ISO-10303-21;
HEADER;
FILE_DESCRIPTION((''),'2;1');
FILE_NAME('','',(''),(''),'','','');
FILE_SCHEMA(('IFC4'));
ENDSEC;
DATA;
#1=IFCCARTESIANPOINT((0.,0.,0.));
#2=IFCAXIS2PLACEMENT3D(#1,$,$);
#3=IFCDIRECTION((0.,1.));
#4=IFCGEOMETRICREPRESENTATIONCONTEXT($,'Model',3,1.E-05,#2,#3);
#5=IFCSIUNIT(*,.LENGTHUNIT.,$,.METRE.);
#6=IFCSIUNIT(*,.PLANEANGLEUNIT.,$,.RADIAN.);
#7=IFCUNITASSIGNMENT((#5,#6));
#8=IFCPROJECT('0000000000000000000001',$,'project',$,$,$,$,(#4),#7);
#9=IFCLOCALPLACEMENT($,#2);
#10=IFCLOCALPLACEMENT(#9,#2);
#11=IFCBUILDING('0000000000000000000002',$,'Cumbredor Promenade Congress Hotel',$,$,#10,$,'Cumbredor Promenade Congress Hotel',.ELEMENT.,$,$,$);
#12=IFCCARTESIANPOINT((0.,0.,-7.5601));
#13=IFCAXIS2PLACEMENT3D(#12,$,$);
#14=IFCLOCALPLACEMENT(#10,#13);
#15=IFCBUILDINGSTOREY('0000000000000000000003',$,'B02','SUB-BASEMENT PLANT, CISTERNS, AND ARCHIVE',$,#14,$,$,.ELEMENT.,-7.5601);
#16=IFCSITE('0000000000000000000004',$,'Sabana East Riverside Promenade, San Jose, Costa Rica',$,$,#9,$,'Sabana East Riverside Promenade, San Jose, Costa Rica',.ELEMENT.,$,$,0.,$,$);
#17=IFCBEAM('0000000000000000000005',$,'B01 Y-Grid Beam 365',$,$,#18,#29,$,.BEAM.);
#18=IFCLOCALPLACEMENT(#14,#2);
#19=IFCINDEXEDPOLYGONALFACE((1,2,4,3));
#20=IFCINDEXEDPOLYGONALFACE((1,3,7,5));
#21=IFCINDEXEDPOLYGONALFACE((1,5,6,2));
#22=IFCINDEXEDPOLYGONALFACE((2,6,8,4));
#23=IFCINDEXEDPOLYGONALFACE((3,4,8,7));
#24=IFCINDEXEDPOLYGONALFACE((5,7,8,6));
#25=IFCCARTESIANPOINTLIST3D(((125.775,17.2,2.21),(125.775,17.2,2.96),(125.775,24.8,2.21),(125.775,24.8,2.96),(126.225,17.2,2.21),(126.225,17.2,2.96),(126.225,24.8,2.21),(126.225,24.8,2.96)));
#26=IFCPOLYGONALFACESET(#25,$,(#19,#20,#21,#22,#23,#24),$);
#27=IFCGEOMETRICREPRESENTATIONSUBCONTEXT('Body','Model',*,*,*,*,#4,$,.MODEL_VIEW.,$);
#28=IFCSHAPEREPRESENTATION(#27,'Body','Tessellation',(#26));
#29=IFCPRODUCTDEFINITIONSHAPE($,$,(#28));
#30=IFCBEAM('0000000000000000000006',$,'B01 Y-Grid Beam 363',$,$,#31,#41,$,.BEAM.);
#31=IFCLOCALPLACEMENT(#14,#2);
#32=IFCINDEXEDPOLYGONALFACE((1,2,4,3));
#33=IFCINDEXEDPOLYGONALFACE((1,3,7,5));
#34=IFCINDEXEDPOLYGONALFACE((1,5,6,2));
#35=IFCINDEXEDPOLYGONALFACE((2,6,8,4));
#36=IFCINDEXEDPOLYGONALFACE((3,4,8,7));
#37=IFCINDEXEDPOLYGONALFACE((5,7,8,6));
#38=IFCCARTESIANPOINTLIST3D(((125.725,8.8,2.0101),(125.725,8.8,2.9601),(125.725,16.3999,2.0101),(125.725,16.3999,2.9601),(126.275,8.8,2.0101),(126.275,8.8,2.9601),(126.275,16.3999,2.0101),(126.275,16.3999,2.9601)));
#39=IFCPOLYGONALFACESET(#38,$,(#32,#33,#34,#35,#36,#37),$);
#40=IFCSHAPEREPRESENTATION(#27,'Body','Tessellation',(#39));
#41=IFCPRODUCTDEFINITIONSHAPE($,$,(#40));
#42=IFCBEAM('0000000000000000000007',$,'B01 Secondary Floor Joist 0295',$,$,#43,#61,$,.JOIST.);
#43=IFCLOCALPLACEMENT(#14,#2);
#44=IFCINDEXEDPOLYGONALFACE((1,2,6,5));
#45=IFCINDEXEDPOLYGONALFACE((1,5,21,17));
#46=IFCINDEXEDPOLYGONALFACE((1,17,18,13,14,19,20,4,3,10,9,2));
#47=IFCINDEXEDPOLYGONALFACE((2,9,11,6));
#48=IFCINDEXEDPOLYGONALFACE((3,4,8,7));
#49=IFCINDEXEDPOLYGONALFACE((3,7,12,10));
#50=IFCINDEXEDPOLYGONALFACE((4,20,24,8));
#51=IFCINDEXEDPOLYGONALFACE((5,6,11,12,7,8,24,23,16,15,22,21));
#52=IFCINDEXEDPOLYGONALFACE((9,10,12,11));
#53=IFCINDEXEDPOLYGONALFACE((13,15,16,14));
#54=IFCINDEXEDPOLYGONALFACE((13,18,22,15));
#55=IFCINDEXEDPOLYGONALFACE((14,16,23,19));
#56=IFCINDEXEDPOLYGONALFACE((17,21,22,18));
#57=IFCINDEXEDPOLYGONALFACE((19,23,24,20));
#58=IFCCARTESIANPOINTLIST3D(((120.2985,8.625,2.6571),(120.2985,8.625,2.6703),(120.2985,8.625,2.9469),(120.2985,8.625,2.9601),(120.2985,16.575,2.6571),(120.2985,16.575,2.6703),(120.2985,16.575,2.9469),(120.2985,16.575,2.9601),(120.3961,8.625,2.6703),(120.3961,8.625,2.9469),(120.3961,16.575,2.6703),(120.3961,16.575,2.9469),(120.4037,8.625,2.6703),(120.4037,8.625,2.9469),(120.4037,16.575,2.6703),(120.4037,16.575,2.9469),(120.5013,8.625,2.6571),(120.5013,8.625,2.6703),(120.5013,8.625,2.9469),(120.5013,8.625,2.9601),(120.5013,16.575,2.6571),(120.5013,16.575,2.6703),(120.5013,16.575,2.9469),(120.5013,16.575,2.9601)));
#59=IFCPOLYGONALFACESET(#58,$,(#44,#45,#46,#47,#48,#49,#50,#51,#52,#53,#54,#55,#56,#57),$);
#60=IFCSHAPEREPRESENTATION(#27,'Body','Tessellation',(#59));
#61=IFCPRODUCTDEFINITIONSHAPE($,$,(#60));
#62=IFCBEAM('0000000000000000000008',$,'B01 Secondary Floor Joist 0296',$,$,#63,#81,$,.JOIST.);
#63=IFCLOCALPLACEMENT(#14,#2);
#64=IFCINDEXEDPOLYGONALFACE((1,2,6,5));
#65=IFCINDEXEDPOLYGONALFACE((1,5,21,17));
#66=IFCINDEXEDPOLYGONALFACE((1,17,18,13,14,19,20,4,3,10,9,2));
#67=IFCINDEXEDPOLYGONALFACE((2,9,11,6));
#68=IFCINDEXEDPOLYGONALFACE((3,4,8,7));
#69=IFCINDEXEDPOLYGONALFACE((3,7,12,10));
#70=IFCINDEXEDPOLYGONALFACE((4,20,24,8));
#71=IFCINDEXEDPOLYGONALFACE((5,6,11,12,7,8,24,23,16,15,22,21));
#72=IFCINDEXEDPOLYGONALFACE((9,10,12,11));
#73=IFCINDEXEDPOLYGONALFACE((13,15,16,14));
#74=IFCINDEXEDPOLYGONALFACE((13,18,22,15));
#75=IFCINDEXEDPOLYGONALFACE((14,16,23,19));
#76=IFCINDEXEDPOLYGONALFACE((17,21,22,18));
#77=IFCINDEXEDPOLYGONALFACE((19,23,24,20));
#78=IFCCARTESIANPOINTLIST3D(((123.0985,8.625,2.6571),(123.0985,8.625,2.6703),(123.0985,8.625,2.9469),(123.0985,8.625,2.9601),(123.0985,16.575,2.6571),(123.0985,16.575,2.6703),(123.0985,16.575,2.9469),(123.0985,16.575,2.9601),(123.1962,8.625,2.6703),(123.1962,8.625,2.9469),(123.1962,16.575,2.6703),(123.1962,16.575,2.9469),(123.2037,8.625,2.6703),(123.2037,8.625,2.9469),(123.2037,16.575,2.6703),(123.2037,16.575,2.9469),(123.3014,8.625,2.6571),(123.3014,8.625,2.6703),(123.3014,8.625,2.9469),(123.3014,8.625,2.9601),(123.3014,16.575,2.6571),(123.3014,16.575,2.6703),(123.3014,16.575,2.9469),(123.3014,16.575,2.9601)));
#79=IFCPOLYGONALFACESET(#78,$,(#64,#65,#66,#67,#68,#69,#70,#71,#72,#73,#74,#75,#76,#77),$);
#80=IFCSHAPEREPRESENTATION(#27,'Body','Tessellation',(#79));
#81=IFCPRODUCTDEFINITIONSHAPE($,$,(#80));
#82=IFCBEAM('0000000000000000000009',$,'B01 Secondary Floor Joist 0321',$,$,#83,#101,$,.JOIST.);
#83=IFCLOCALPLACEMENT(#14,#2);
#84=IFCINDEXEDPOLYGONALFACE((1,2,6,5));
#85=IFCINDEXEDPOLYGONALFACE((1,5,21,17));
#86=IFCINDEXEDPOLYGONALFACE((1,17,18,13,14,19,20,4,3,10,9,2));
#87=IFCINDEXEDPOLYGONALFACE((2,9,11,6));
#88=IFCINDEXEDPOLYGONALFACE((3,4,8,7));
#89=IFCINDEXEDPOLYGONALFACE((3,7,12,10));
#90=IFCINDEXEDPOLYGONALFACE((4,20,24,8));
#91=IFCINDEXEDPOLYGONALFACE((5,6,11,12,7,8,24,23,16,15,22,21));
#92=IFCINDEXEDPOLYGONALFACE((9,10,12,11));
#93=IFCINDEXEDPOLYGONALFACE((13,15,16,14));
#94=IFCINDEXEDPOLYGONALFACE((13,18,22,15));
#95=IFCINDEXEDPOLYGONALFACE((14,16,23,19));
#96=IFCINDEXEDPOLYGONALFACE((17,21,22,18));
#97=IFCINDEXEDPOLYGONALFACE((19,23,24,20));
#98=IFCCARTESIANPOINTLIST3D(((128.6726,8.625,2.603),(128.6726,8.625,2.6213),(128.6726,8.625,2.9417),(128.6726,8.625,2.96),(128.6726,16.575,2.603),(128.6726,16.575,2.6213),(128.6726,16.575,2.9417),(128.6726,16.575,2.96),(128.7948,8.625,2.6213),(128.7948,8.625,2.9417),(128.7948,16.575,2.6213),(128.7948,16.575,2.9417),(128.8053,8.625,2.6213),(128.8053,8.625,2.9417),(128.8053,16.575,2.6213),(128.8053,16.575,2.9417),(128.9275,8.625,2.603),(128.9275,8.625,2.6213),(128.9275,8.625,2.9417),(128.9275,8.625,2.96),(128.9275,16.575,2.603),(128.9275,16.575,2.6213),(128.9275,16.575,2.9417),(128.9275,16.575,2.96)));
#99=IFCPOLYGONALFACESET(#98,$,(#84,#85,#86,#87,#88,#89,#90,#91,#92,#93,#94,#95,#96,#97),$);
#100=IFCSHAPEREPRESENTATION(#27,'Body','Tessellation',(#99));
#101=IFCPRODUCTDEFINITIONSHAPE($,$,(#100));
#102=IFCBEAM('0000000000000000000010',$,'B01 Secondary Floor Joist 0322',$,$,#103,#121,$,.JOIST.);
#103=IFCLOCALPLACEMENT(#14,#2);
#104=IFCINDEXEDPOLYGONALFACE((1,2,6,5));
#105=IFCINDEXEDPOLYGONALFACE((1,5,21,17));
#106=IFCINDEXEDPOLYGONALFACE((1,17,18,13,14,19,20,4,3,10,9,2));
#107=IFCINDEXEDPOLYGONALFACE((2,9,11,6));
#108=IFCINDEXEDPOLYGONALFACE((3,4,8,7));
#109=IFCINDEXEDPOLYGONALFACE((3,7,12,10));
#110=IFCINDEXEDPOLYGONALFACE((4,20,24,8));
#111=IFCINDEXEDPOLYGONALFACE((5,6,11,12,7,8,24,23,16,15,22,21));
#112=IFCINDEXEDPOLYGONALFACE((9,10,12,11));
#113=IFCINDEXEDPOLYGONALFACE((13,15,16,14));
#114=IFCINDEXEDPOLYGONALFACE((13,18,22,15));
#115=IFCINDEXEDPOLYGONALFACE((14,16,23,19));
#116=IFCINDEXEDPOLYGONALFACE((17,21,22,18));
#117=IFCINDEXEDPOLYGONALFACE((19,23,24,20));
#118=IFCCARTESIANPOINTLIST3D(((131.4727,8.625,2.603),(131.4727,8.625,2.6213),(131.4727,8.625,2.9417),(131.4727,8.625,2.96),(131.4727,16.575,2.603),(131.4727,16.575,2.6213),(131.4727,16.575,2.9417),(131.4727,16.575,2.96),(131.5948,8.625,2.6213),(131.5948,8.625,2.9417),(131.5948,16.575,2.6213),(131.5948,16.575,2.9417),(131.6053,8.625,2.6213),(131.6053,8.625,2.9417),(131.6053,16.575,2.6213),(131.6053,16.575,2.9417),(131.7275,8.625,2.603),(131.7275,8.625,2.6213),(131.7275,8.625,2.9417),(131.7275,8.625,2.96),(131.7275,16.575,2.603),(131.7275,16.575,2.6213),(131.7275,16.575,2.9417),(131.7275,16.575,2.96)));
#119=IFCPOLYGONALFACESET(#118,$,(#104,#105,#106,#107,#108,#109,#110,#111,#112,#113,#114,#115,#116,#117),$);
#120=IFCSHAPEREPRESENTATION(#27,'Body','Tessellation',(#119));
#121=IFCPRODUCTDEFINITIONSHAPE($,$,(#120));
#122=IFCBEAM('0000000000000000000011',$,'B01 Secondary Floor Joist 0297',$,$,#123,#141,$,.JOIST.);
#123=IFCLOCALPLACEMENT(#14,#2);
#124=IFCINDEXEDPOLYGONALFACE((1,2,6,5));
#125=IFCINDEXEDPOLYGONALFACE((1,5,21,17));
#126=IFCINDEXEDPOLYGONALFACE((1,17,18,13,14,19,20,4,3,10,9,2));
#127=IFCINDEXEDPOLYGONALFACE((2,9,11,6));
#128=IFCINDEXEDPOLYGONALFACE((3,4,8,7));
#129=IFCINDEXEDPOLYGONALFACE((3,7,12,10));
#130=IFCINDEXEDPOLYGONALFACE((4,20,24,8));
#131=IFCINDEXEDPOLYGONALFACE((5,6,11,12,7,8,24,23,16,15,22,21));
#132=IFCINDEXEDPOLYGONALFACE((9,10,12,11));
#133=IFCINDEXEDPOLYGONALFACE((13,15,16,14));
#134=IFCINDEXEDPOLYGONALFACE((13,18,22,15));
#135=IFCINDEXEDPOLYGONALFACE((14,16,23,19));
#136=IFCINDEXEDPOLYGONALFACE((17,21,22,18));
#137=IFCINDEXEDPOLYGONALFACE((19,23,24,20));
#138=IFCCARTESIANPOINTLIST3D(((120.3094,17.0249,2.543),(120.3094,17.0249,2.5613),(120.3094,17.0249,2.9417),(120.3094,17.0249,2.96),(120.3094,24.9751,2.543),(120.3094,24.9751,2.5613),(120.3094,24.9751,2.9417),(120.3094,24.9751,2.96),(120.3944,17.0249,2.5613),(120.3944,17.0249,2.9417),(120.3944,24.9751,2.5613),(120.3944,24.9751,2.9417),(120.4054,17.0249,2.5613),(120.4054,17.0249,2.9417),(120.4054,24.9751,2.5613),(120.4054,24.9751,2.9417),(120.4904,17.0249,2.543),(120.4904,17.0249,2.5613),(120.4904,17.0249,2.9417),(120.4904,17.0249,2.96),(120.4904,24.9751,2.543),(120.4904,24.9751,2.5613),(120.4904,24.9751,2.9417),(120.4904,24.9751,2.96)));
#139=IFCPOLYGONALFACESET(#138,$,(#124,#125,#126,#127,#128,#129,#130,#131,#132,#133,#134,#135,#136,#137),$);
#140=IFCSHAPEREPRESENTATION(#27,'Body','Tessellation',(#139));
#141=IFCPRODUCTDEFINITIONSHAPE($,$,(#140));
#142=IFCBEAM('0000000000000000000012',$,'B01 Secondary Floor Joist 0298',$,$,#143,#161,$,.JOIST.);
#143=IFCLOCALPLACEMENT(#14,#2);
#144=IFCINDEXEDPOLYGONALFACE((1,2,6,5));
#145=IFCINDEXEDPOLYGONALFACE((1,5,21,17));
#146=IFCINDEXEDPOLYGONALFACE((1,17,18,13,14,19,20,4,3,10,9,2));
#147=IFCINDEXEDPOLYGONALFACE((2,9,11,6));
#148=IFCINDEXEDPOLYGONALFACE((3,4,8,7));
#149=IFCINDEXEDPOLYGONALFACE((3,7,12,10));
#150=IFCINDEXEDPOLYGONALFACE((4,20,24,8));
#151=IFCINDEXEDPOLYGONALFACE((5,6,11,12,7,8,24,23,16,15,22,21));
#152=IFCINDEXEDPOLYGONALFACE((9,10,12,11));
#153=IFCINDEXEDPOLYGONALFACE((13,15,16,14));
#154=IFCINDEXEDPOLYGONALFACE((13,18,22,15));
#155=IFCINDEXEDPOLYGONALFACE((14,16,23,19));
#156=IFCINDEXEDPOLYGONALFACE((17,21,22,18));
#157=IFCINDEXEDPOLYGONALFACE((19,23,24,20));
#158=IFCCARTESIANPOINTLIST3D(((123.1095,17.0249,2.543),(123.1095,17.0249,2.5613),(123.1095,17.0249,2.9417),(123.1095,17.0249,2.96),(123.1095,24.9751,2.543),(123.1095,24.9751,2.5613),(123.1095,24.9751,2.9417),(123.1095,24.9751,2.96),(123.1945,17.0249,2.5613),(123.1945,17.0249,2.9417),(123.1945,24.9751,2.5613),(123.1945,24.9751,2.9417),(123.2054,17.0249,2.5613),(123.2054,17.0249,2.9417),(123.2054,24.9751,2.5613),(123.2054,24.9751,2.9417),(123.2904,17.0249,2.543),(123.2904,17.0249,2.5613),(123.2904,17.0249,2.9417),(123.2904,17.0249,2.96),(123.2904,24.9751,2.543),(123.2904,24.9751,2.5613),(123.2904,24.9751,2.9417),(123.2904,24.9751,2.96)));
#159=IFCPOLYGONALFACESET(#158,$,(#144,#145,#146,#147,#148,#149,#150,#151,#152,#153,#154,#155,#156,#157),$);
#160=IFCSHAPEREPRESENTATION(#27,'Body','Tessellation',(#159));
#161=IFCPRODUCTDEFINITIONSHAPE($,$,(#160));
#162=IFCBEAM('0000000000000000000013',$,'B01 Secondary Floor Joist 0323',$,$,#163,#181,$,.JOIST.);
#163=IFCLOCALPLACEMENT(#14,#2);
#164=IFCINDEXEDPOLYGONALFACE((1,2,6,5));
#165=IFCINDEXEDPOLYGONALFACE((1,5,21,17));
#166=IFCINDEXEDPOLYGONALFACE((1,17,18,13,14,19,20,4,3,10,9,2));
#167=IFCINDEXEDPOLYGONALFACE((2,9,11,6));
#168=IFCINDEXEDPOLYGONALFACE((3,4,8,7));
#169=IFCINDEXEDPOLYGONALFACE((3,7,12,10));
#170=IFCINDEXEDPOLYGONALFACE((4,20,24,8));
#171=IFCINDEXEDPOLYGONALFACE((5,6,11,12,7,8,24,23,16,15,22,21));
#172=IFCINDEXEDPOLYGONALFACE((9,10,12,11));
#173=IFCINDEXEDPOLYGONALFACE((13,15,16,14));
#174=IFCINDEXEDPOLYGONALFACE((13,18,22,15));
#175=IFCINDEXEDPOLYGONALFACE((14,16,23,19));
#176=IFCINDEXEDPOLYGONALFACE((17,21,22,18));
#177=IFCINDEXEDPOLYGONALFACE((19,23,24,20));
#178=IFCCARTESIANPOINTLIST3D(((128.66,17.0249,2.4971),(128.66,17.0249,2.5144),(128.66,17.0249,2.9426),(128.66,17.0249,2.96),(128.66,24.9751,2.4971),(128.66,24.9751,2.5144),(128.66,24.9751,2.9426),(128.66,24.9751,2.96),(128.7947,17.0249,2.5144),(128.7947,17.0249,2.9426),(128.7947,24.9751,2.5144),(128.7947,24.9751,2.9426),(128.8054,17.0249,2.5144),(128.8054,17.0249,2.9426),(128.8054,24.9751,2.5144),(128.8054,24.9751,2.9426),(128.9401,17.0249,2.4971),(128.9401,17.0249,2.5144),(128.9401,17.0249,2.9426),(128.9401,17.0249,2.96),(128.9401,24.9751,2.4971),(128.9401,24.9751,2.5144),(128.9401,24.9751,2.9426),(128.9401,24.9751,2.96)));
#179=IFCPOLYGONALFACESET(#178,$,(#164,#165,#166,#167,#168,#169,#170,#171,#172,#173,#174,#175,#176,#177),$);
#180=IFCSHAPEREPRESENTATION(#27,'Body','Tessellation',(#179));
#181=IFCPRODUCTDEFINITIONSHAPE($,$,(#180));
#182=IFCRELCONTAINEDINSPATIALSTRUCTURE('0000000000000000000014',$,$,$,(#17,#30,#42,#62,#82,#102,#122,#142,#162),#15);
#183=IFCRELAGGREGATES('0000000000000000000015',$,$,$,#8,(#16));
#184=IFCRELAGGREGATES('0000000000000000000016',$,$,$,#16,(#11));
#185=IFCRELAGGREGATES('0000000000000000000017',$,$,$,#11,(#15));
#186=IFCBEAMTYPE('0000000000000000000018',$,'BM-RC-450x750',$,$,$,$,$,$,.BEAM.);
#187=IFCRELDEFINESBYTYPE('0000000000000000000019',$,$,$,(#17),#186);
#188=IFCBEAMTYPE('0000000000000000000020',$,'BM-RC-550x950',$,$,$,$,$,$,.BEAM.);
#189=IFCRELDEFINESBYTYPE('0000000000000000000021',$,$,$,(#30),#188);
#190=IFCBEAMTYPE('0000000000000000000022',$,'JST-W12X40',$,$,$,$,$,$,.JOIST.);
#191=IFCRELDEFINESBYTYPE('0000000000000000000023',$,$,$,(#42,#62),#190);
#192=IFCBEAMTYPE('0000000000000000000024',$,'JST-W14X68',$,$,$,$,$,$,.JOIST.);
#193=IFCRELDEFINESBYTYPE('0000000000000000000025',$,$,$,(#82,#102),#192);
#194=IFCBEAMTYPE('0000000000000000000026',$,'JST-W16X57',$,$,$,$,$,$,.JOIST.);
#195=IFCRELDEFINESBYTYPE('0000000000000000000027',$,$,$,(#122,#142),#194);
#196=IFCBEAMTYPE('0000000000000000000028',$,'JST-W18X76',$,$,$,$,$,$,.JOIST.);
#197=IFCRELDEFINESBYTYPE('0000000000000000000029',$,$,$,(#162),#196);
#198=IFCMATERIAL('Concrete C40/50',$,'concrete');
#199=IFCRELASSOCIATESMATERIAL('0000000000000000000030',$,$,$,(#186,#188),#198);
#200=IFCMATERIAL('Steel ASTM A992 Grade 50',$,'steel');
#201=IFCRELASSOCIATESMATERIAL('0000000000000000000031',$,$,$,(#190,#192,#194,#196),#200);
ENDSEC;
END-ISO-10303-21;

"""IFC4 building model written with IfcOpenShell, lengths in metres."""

from ifc_helpers import new_model, si_unit, direction, frame, origin, origin_2d, place, context, subcontext, project, spatial, rectangle, i_section, extrude, material, material_profile, profile_set, type_object, element, save


model = new_model("IFC4")

# Units and contexts
model_context = context("Model", 3, precision=1e-05, world=origin(), true_north=direction((0.0, 1.0)))
body_context = subcontext(model_context, "Body", "Model", "MODEL_VIEW")
ifc_project = project(units=[si_unit("LENGTHUNIT", "METRE"), si_unit("PLANEANGLEUNIT", "RADIAN")], contexts=[model_context])

# Site, building, storey
site_placement = place(None, origin())
site = spatial("IfcSite", under=ifc_project, at=site_placement, Name="Sabana East Riverside Promenade, San Jose, Costa Rica", LongName="Sabana East Riverside Promenade, San Jose, Costa Rica", CompositionType="ELEMENT", RefElevation=0.0)
building_placement = place(site_placement, origin())
building = spatial("IfcBuilding", under=site, at=building_placement, Name="Cumbredor Promenade Congress Hotel", LongName="Cumbredor Promenade Congress Hotel", CompositionType="ELEMENT")
storey_placement = place(building_placement, frame((0.0, 0.0, -7.5601)))
storey = spatial("IfcBuildingStorey", under=building, at=storey_placement, Name="B02", Description="SUB-BASEMENT PLANT, CISTERNS, AND ARCHIVE", CompositionType="ELEMENT", Elevation=-7.5601)

# Shared definitions
ifc_material_1 = material(Name="Concrete C40/50", Category="concrete")

# Beams
ifc_material_profile_1 = material_profile(ifc_material_1, rectangle(XDim=0.45, YDim=0.75, at=origin_2d()), Name="RC BEAM 450x750")
ifc_profile_set_1 = profile_set([ifc_material_profile_1], Name="Concrete C40/50")
beam_type_1 = type_object("IfcBeamType", Name="BM-RC-450x750", PredefinedType="BEAM", material=ifc_profile_set_1)
for number, where, z_axis, x_axis, name in (
    (1, (126.0, 17.2, 2.585), (0.0, 1.0, 0.0), (-1.0, 0.0, 0.0), "B01 Y-Grid Beam 365"),
):
    element("IfcBeam", number, at=place(storey_placement, frame(where, z_axis=z_axis, x_axis=x_axis)), inside=storey, type_object=beam_type_1, Name=name, PredefinedType="BEAM", context=body_context, shape_type="SweptSolid", body=[
        extrude(rectangle(XDim=0.45, YDim=0.75, at=origin_2d()), origin(), (0.0, 0.0, 1.0), 7.6001),
    ])
ifc_material_profile_2 = material_profile(ifc_material_1, rectangle(XDim=0.55, YDim=0.95, at=origin_2d()), Name="RC BEAM 550x950")
ifc_profile_set_2 = profile_set([ifc_material_profile_2], Name="Concrete C40/50")
beam_type_2 = type_object("IfcBeamType", Name="BM-RC-550x950", PredefinedType="BEAM", material=ifc_profile_set_2)
beam_placement = place(storey_placement, frame((126.0, 8.8, 2.4851), z_axis=(0.0, 1.0, 0.0), x_axis=(-1.0, 0.0, 0.0)))
element("IfcBeam", 2, at=beam_placement, inside=storey, type_object=beam_type_2, Name="B01 Y-Grid Beam 363", PredefinedType="BEAM", context=body_context, shape_type="SweptSolid", body=[
    extrude(rectangle(XDim=0.55, YDim=0.95, at=origin_2d()), origin(), (0.0, 0.0, 1.0), 7.5999),
])
ifc_material_2 = material(Name="Steel ASTM A992 Grade 50", Category="steel")
ifc_material_profile_3 = material_profile(ifc_material_2, i_section(OverallWidth=0.2029, OverallDepth=0.303, WebThickness=0.0076, FlangeThickness=0.0132, at=origin_2d()), Name="W12X40")
ifc_profile_set_3 = profile_set([ifc_material_profile_3], Name="Steel ASTM A992 Grade 50")
beam_type_3 = type_object("IfcBeamType", Name="JST-W12X40", PredefinedType="JOIST", material=ifc_profile_set_3)
for number, where, z_axis, x_axis, name in (
    (3, (120.3999, 8.625, 2.8086), (0.0, 1.0, 0.0), (-1.0, 0.0, 0.0), "B01 Secondary Floor Joist 0295"),
    (4, (123.2, 8.625, 2.8086), (0.0, 1.0, 0.0), (-1.0, 0.0, 0.0), "B01 Secondary Floor Joist 0296"),
):
    element("IfcBeam", number, at=place(storey_placement, frame(where, z_axis=z_axis, x_axis=x_axis)), inside=storey, type_object=beam_type_3, Name=name, PredefinedType="JOIST", context=body_context, shape_type="SweptSolid", body=[
        extrude(i_section(OverallWidth=0.2029, OverallDepth=0.303, WebThickness=0.0076, FlangeThickness=0.0132, at=origin_2d()), origin(), (0.0, 0.0, 1.0), 7.95),
    ])
ifc_material_profile_4 = material_profile(ifc_material_2, i_section(OverallWidth=0.2549, OverallDepth=0.3569, WebThickness=0.0105, FlangeThickness=0.0183, at=origin_2d()), Name="W14X68")
ifc_profile_set_4 = profile_set([ifc_material_profile_4], Name="Steel ASTM A992 Grade 50")
beam_type_4 = type_object("IfcBeamType", Name="JST-W14X68", PredefinedType="JOIST", material=ifc_profile_set_4)
for number, where, z_axis, x_axis, name in (
    (5, (128.8, 8.625, 2.7815), (0.0, 1.0, 0.0), (-1.0, 0.0, 0.0), "B01 Secondary Floor Joist 0321"),
    (6, (131.6001, 8.625, 2.7815), (0.0, 1.0, 0.0), (-1.0, 0.0, 0.0), "B01 Secondary Floor Joist 0322"),
):
    element("IfcBeam", number, at=place(storey_placement, frame(where, z_axis=z_axis, x_axis=x_axis)), inside=storey, type_object=beam_type_4, Name=name, PredefinedType="JOIST", context=body_context, shape_type="SweptSolid", body=[
        extrude(i_section(OverallWidth=0.2549, OverallDepth=0.3569, WebThickness=0.0105, FlangeThickness=0.0183, at=origin_2d()), origin(), (0.0, 0.0, 1.0), 7.95),
    ])
ifc_material_profile_5 = material_profile(ifc_material_2, i_section(OverallWidth=0.1809, OverallDepth=0.417, WebThickness=0.011, FlangeThickness=0.0183, at=origin_2d()), Name="W16X57")
ifc_profile_set_5 = profile_set([ifc_material_profile_5], Name="Steel ASTM A992 Grade 50")
beam_type_5 = type_object("IfcBeamType", Name="JST-W16X57", PredefinedType="JOIST", material=ifc_profile_set_5)
for number, where, z_axis, x_axis, name in (
    (7, (120.3999, 17.0249, 2.7515), (0.0, 1.0, 0.0), (-1.0, 0.0, 0.0), "B01 Secondary Floor Joist 0297"),
    (8, (123.2, 17.0249, 2.7515), (0.0, 1.0, 0.0), (-1.0, 0.0, 0.0), "B01 Secondary Floor Joist 0298"),
):
    element("IfcBeam", number, at=place(storey_placement, frame(where, z_axis=z_axis, x_axis=x_axis)), inside=storey, type_object=beam_type_5, Name=name, PredefinedType="JOIST", context=body_context, shape_type="SweptSolid", body=[
        extrude(i_section(OverallWidth=0.1809, OverallDepth=0.417, WebThickness=0.011, FlangeThickness=0.0183, at=origin_2d()), origin(), (0.0, 0.0, 1.0), 7.9502),
    ])
ifc_material_profile_6 = material_profile(ifc_material_2, i_section(OverallWidth=0.28, OverallDepth=0.4629, WebThickness=0.0107, FlangeThickness=0.0173, at=origin_2d()), Name="W18X76")
ifc_profile_set_6 = profile_set([ifc_material_profile_6], Name="Steel ASTM A992 Grade 50")
beam_type_6 = type_object("IfcBeamType", Name="JST-W18X76", PredefinedType="JOIST", material=ifc_profile_set_6)
for number, where, z_axis, x_axis, name in (
    (9, (128.8, 17.0249, 2.7285), (0.0, 1.0, 0.0), (-1.0, 0.0, 0.0), "B01 Secondary Floor Joist 0323"),
):
    element("IfcBeam", number, at=place(storey_placement, frame(where, z_axis=z_axis, x_axis=x_axis)), inside=storey, type_object=beam_type_6, Name=name, PredefinedType="JOIST", context=body_context, shape_type="SweptSolid", body=[
        extrude(i_section(OverallWidth=0.28, OverallDepth=0.4629, WebThickness=0.0107, FlangeThickness=0.0173, at=origin_2d()), origin(), (0.0, 0.0, 1.0), 7.9502),
    ])

save(model, "model.ifc")
